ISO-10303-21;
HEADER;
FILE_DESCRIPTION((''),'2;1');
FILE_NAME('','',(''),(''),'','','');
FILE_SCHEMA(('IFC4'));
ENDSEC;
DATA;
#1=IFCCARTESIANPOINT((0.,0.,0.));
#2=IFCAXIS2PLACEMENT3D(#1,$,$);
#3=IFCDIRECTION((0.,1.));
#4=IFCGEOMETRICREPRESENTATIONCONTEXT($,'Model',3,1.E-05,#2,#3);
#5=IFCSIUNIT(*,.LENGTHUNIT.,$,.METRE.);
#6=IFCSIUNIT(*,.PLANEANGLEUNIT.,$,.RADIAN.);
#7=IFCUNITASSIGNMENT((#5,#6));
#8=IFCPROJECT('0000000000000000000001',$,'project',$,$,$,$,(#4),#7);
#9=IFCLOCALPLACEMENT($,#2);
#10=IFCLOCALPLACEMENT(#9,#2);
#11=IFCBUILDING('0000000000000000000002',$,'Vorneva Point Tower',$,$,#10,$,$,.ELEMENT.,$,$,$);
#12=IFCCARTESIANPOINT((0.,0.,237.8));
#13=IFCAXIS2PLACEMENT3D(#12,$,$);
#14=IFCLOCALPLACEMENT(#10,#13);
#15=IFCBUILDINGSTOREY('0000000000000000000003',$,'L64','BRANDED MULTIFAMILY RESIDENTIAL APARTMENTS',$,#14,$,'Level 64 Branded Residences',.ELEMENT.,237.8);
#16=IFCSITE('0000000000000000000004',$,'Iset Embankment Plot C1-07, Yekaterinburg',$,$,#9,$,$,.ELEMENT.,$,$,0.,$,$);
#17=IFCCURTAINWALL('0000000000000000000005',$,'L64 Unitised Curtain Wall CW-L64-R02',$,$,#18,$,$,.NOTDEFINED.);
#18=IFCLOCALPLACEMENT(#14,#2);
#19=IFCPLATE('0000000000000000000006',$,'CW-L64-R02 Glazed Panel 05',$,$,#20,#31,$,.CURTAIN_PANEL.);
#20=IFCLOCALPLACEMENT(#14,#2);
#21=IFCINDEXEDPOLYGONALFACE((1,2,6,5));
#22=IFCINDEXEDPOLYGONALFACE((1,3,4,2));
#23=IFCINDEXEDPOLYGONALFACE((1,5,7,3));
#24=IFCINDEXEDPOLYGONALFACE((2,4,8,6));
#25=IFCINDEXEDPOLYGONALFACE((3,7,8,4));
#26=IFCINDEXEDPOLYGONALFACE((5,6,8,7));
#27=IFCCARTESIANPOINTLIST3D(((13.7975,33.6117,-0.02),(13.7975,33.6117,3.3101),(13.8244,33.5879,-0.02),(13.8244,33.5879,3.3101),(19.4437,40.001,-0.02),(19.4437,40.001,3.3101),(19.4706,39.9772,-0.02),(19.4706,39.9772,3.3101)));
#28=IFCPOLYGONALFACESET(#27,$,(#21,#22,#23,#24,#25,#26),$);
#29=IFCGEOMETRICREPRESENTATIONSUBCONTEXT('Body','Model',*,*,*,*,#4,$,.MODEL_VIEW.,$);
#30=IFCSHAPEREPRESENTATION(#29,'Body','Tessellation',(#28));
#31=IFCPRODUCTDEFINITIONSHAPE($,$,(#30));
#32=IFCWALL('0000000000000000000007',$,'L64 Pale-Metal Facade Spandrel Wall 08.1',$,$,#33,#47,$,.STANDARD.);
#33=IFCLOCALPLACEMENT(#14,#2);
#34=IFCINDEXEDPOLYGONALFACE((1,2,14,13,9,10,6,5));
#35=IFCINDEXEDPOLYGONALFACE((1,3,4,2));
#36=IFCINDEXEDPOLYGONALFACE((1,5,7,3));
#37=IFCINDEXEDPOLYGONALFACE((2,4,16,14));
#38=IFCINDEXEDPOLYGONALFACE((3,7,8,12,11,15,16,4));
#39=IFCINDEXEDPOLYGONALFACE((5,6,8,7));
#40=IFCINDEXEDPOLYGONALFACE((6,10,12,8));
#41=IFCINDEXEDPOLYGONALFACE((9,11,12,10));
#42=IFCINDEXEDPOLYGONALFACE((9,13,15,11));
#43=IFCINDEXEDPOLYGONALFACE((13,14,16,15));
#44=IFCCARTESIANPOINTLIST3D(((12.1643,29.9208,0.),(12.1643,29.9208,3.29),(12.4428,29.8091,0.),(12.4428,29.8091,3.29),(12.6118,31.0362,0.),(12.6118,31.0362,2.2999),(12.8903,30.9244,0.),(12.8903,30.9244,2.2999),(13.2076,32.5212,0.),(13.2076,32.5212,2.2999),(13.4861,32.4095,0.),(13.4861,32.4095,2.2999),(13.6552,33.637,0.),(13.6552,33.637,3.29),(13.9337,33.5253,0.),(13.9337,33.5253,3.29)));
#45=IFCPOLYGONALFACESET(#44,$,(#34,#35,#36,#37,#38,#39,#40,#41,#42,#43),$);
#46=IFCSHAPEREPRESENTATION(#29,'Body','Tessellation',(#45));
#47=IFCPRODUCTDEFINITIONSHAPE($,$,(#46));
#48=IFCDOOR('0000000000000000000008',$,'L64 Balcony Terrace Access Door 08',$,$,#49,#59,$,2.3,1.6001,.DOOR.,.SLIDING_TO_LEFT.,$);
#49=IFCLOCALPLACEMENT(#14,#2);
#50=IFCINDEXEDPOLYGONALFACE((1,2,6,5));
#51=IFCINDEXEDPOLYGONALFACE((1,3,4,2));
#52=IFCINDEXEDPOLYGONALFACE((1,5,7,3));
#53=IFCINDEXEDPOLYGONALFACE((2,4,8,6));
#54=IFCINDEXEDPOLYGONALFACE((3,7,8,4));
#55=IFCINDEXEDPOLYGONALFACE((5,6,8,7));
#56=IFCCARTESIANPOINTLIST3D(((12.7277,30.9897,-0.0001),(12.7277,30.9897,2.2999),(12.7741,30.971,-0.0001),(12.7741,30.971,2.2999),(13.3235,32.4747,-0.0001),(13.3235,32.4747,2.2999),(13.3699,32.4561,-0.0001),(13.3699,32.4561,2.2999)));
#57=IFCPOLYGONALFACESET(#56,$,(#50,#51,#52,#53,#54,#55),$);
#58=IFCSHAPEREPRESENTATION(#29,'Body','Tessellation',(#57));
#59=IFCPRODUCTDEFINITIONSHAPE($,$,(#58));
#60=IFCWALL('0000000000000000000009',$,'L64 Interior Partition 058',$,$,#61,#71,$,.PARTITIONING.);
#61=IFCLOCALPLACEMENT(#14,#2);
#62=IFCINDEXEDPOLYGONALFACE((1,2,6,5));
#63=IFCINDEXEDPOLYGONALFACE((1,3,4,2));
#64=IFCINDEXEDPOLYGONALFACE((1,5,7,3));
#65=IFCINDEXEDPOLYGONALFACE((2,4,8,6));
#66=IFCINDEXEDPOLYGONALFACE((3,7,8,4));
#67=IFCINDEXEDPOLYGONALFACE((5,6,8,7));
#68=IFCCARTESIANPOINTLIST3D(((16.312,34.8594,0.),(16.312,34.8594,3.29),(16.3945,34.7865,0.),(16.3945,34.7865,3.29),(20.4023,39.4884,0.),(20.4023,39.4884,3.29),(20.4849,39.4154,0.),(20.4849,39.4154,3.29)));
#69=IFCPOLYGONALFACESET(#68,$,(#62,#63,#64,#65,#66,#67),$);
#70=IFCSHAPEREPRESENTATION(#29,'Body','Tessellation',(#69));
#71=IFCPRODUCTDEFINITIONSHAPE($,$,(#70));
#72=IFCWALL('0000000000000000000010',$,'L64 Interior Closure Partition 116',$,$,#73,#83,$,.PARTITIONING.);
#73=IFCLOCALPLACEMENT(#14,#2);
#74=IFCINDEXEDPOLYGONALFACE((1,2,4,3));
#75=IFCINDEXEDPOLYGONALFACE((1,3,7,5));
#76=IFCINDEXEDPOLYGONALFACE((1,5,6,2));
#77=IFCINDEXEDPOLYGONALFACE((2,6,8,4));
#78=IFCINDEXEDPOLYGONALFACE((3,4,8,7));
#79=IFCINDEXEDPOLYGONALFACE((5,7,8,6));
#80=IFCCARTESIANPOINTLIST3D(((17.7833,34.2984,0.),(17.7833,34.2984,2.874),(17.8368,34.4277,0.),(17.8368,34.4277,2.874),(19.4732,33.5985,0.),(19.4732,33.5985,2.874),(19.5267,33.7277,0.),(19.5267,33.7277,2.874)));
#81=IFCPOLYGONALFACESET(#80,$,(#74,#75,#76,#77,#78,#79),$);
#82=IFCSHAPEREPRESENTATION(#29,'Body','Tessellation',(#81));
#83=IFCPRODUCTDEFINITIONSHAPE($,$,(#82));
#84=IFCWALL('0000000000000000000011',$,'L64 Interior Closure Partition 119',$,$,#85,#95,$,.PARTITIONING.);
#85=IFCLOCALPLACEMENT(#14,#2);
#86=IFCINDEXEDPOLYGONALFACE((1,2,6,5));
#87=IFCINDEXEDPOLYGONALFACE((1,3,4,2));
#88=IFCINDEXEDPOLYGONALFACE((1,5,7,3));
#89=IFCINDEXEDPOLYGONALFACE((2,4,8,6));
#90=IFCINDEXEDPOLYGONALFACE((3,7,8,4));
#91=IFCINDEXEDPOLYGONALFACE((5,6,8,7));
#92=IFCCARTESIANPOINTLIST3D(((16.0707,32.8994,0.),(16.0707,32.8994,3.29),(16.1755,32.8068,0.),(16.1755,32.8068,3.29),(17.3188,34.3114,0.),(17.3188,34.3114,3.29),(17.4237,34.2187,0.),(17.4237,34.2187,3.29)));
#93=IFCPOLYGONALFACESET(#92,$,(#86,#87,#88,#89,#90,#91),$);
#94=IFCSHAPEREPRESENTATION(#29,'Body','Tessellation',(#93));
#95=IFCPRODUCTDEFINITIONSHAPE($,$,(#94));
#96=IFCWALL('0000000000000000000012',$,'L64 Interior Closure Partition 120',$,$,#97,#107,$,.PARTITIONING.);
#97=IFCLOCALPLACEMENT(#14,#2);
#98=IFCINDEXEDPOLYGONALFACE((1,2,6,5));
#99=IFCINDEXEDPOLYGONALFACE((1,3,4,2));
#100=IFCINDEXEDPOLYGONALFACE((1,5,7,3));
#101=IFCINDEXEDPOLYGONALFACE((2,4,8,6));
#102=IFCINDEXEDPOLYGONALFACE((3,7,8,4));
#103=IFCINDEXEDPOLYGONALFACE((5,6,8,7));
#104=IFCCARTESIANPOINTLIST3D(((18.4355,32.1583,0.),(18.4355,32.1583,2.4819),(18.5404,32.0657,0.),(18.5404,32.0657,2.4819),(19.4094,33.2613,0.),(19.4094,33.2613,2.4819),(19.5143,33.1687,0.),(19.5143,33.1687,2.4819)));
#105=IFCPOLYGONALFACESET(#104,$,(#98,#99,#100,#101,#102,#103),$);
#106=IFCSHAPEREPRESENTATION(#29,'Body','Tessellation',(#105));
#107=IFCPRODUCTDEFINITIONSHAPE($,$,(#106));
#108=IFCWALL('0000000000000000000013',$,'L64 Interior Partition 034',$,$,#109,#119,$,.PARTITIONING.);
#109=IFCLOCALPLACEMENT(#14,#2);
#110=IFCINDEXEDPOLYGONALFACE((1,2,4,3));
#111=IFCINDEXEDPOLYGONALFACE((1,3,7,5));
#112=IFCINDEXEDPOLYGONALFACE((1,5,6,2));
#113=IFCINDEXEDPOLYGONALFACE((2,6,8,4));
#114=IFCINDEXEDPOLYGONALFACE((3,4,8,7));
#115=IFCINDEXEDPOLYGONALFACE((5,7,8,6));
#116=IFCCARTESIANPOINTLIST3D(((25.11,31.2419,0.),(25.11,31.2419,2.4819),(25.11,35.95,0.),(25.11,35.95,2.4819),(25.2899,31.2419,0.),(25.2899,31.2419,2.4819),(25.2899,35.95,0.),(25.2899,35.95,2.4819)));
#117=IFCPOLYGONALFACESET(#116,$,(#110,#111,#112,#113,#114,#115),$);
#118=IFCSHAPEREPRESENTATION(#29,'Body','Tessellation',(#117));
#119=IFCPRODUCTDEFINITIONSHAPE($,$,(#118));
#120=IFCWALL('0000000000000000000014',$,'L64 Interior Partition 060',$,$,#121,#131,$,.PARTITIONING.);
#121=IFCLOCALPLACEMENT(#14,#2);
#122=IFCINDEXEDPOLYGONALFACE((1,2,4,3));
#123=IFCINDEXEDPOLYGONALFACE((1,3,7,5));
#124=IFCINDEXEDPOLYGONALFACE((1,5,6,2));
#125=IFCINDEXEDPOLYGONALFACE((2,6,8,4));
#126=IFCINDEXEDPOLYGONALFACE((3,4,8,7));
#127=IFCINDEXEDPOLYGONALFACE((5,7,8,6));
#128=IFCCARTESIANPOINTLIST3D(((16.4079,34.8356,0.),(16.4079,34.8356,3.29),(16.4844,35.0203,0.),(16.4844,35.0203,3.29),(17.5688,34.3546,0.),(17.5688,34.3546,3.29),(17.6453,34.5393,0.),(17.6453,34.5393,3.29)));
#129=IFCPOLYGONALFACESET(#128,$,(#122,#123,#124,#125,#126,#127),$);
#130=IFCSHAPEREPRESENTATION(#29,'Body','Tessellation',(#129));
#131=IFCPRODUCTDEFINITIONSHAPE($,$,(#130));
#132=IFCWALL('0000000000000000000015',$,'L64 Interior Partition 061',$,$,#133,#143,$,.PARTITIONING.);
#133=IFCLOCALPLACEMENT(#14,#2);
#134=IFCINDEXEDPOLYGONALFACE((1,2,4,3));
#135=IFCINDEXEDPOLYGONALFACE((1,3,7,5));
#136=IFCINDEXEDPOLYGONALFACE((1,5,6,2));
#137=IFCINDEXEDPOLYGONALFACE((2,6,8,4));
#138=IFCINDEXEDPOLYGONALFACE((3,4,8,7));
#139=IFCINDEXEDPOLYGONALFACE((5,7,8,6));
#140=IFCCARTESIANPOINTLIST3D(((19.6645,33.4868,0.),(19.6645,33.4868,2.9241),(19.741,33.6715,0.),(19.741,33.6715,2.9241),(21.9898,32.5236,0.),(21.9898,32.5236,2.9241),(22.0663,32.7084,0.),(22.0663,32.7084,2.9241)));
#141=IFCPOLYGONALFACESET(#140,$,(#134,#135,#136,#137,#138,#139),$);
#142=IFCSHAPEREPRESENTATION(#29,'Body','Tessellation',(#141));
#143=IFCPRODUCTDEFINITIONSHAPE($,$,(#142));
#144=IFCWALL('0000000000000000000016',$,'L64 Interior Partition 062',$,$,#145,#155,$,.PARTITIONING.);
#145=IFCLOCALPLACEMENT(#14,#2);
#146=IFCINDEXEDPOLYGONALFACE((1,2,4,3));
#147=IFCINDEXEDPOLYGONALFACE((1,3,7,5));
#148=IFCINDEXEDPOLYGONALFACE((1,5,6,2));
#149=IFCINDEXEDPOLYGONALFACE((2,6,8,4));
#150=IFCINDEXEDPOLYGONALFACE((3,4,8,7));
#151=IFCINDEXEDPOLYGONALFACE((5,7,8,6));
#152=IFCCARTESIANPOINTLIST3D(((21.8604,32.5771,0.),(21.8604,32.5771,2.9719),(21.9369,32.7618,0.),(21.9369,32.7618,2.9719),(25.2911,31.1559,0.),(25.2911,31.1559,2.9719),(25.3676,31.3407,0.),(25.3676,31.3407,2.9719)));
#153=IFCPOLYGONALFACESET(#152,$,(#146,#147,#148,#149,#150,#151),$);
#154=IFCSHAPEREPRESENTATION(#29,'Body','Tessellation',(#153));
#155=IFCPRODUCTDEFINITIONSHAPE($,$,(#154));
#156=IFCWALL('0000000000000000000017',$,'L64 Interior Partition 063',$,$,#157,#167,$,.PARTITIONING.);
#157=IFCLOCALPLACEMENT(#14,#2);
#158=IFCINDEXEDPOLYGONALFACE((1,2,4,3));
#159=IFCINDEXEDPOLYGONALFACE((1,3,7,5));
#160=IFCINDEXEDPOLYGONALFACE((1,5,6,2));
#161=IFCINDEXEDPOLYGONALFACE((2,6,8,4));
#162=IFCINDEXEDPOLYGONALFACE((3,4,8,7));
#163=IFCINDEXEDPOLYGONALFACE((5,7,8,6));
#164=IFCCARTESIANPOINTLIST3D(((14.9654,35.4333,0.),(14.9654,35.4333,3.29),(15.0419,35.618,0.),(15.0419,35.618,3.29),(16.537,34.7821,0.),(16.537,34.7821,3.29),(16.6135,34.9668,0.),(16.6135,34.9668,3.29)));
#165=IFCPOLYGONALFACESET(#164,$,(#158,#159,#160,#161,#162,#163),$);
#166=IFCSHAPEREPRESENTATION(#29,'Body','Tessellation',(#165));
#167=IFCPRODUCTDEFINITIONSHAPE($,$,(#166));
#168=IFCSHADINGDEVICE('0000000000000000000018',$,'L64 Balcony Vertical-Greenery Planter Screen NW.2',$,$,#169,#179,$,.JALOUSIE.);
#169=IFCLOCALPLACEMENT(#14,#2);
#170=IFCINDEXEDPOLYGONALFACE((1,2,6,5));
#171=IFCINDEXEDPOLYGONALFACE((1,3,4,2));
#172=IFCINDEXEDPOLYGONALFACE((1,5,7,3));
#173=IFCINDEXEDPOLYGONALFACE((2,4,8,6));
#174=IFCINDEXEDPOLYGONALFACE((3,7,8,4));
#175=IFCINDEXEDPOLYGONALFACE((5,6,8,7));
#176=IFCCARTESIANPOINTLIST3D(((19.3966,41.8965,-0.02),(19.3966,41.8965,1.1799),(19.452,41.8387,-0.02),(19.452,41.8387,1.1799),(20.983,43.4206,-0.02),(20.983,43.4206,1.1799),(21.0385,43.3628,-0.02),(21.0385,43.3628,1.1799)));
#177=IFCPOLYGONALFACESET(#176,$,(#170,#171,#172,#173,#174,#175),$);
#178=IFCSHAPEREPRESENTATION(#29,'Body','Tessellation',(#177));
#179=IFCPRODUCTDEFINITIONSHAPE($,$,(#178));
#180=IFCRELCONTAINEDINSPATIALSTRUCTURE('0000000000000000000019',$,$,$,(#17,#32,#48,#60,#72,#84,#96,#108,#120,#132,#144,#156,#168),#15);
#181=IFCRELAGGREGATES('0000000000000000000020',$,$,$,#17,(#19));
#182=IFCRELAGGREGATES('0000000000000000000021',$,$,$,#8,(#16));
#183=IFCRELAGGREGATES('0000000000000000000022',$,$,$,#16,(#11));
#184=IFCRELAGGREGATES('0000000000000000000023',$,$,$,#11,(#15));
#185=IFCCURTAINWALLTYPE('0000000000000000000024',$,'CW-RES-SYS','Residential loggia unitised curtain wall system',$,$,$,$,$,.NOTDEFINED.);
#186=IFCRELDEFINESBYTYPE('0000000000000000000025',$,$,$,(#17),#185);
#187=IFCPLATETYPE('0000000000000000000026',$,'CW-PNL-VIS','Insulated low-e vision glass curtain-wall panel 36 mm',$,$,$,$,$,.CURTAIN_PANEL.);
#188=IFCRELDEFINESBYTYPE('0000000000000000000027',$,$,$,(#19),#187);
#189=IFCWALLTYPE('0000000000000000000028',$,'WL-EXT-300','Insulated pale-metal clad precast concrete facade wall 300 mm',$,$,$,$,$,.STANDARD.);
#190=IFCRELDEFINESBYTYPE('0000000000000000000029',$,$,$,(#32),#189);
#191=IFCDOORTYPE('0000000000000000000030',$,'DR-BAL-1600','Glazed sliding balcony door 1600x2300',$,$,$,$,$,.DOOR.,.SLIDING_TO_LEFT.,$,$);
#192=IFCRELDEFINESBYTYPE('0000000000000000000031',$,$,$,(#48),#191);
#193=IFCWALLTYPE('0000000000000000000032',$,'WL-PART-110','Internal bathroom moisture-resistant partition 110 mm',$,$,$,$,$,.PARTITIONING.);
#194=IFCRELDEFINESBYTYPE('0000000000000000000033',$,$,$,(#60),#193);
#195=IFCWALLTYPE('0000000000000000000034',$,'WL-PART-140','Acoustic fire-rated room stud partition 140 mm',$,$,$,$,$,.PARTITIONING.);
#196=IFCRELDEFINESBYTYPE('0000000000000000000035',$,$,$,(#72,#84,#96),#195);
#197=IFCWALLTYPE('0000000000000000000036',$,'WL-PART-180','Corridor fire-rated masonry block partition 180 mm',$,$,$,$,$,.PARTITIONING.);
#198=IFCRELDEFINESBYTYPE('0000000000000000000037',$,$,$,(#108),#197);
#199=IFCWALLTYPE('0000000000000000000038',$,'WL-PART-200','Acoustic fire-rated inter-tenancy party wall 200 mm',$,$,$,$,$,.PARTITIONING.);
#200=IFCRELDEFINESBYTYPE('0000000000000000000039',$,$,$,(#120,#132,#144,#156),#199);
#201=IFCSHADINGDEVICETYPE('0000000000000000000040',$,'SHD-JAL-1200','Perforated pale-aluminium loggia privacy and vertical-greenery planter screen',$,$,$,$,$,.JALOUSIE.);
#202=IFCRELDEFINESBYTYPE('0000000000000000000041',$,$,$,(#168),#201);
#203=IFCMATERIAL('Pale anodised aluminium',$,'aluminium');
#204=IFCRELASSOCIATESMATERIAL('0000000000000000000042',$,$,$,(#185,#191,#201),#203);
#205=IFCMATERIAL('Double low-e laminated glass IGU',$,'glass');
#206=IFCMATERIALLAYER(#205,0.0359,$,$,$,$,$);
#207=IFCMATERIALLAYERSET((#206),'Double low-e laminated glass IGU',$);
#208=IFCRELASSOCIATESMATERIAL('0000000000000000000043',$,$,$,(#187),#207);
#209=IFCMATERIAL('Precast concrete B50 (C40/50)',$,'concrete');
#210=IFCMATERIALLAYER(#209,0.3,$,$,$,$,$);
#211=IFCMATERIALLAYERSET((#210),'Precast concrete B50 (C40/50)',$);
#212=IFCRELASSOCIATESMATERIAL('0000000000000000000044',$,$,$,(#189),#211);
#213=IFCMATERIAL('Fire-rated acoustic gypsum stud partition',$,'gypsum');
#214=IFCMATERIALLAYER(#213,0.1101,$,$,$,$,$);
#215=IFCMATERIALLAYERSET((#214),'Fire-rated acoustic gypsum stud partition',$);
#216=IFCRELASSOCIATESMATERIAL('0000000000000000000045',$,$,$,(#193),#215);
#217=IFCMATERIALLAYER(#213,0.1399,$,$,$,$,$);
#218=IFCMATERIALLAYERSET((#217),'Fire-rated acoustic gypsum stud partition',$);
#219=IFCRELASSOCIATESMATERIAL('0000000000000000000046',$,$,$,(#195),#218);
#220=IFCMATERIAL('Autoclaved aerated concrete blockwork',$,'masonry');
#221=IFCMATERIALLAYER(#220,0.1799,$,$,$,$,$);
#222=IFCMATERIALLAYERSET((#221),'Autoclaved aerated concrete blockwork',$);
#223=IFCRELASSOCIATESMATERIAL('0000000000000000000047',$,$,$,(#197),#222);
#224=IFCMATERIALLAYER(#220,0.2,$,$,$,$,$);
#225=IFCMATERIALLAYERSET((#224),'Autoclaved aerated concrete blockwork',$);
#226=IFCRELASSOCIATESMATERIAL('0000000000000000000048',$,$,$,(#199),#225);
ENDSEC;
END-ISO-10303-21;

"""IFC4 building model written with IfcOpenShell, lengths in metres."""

from ifc_helpers import new_model, si_unit, direction, frame, frame_2d, origin, origin_2d, place, context, subcontext, project, spatial, rectangle, extrude, material, layer, layer_set, type_object, element, fill, aggregate, save


model = new_model("IFC4")

# Units and contexts
model_context = context("Model", 3, precision=1e-05, world=origin(), true_north=direction((0.0, 1.0)))
body_context = subcontext(model_context, "Body", "Model", "MODEL_VIEW")
ifc_project = project(units=[si_unit("LENGTHUNIT", "METRE"), si_unit("PLANEANGLEUNIT", "RADIAN")], contexts=[model_context])

# Site, building, storey
site_placement = place(None, origin())
site = spatial("IfcSite", under=ifc_project, at=site_placement, Name="Iset Embankment Plot C1-07, Yekaterinburg", CompositionType="ELEMENT", RefElevation=0.0)
building_placement = place(site_placement, origin())
building = spatial("IfcBuilding", under=site, at=building_placement, Name="Vorneva Point Tower", CompositionType="ELEMENT")
storey_placement = place(building_placement, frame((0.0, 0.0, 237.8)))
storey = spatial("IfcBuildingStorey", under=building, at=storey_placement, Name="L64", Description="BRANDED MULTIFAMILY RESIDENTIAL APARTMENTS", LongName="Level 64 Branded Residences", CompositionType="ELEMENT", Elevation=237.8)

# Curtain wall, plate
ifc_material_1 = material(Name="Pale anodised aluminium", Category="aluminium")
curtain_wall_type = type_object("IfcCurtainWallType", Name="CW-RES-SYS", Description="Residential loggia unitised curtain wall system", PredefinedType="NOTDEFINED", material=ifc_material_1)
curtain_wall_placement = place(storey_placement, origin())
curtain_wall = element("IfcCurtainWall", 1, at=curtain_wall_placement, inside=storey, type_object=curtain_wall_type, Name="L64 Unitised Curtain Wall CW-L64-R02", PredefinedType="NOTDEFINED")
ifc_material_2 = material(Name="Double low-e laminated glass IGU", Category="glass")
ifc_layer_1 = layer(ifc_material_2, 0.0359)
ifc_layer_set_1 = layer_set([ifc_layer_1], Name="Double low-e laminated glass IGU")
plate_type = type_object("IfcPlateType", Name="CW-PNL-VIS", Description="Insulated low-e vision glass curtain-wall panel 36 mm", PredefinedType="CURTAIN_PANEL", material=ifc_layer_set_1)
plate_1_placement = place(storey_placement, frame((16.634, 36.7944, -0.02), z_axis=(0.0, 0.0, 1.0), x_axis=(-0.662189, -0.749337, 0.0)))
plate_1 = element("IfcPlate", 2, at=plate_1_placement, type_object=plate_type, Name="CW-L64-R02 Glazed Panel 05", PredefinedType="CURTAIN_PANEL", context=body_context, shape_type="SweptSolid", body=[
    extrude(rectangle(XDim=8.5266, YDim=0.0359, at=origin_2d()), origin(), (0.0, 0.0, 1.0), 3.3301),
])
aggregate(curtain_wall, [plate_1])

# Wall, opening, door
ifc_material_3 = material(Name="Precast concrete B50 (C40/50)", Category="concrete")
ifc_layer_2 = layer(ifc_material_3, 0.3)
ifc_layer_set_2 = layer_set([ifc_layer_2], Name="Precast concrete B50 (C40/50)")
wall_type_1 = type_object("IfcWallType", Name="WL-EXT-300", Description="Insulated pale-metal clad precast concrete facade wall 300 mm", PredefinedType="STANDARD", material=ifc_layer_set_2)
wall_1_placement = place(storey_placement, frame((13.7944, 33.5811, 0.0), z_axis=(0.0, 0.0, 1.0), x_axis=(-0.372347, -0.928094, 0.0)))
wall_1 = element("IfcWall", 3, at=wall_1_placement, inside=storey, type_object=wall_type_1, Name="L64 Pale-Metal Facade Spandrel Wall 08.1", PredefinedType="STANDARD", context=body_context, shape_type="SweptSolid", body=[
    extrude(rectangle(XDim=4.0042, YDim=0.3, at=frame_2d((2.002, 0.0))), origin(), (0.0, 0.0, 1.0), 3.29),
])
opening_placement = place(wall_1_placement, frame((1.2021, 0.0, 0.0)))
opening = element("IfcOpeningElement", 4, at=opening_placement, cuts=wall_1, PredefinedType="OPENING", context=body_context, shape_type="SweptSolid", body=[
    extrude(rectangle(XDim=1.6001, YDim=2.3, at=frame_2d((0.8, 1.1499))), frame((0.0, 0.165, 0.0), z_axis=(0.0, -1.0, 0.0), x_axis=(1.0, 0.0, 0.0)), (0.0, 0.0, 1.0), 0.3298),
])
door_type = type_object("IfcDoorType", Name="DR-BAL-1600", Description="Glazed sliding balcony door 1600x2300", OperationType="SLIDING_TO_LEFT", PredefinedType="DOOR", material=ifc_material_1)
door_placement = place(opening_placement, origin())
door = element("IfcDoor", 5, at=door_placement, inside=storey, type_object=door_type, Name="L64 Balcony Terrace Access Door 08", OperationType="SLIDING_TO_LEFT", OverallHeight=2.3, OverallWidth=1.6001, PredefinedType="DOOR", context=body_context, shape_type="SweptSolid", body=[
    extrude(rectangle(XDim=1.6001, YDim=2.3, at=frame_2d((0.8, 1.1499))), frame((0.0, 0.0249, 0.0), z_axis=(0.0, -1.0, 0.0), x_axis=(1.0, 0.0, 0.0)), (0.0, 0.0, 1.0), 0.05),
])
fill(opening, door)

# Walls
ifc_material_4 = material(Name="Fire-rated acoustic gypsum stud partition", Category="gypsum")
ifc_layer_3 = layer(ifc_material_4, 0.1101)
ifc_layer_set_3 = layer_set([ifc_layer_3], Name="Fire-rated acoustic gypsum stud partition")
wall_type_2 = type_object("IfcWallType", Name="WL-PART-110", Description="Internal bathroom moisture-resistant partition 110 mm", PredefinedType="PARTITIONING", material=ifc_layer_set_3)
wall_2_placement = place(storey_placement, frame((20.4436, 39.4519, 0.0), z_axis=(0.0, 0.0, 1.0), x_axis=(-0.662168, -0.749356, 0.0)))
element("IfcWall", 6, at=wall_2_placement, inside=storey, type_object=wall_type_2, Name="L64 Interior Partition 058", PredefinedType="PARTITIONING", context=body_context, shape_type="SweptSolid", body=[
    extrude(rectangle(XDim=6.1772, YDim=0.1101, at=frame_2d((3.0886, 0.0))), origin(), (0.0, 0.0, 1.0), 3.29),
])
ifc_layer_4 = layer(ifc_material_4, 0.1399)
ifc_layer_set_4 = layer_set([ifc_layer_4], Name="Fire-rated acoustic gypsum stud partition")
wall_type_3 = type_object("IfcWallType", Name="WL-PART-140", Description="Acoustic fire-rated room stud partition 140 mm", PredefinedType="PARTITIONING", material=ifc_layer_set_4)
wall_3_placement = place(storey_placement, frame((17.8101, 34.363, 0.0), z_axis=(0.0, 0.0, 1.0), x_axis=(0.923888, -0.382662, 0.0)))
element("IfcWall", 7, at=wall_3_placement, inside=storey, type_object=wall_type_3, Name="L64 Interior Closure Partition 116", PredefinedType="PARTITIONING", context=body_context, shape_type="SweptSolid", body=[
    extrude(rectangle(XDim=1.8291, YDim=0.1399, at=frame_2d((0.9146, 0.0))), origin(), (0.0, 0.0, 1.0), 2.874),
])
wall_4_placement = place(storey_placement, frame((16.123, 32.853, 0.0), z_axis=(0.0, 0.0, 1.0), x_axis=(0.662303, 0.749236, 0.0)))
element("IfcWall", 8, at=wall_4_placement, inside=storey, type_object=wall_type_3, Name="L64 Interior Closure Partition 119", PredefinedType="PARTITIONING", context=body_context, shape_type="SweptSolid", body=[
    extrude(rectangle(XDim=1.8845, YDim=0.1399, at=frame_2d((0.9424, 0.0))), origin(), (0.0, 0.0, 1.0), 3.29),
])
wall_5_placement = place(storey_placement, frame((19.4619, 33.2151, 0.0), z_axis=(0.0, 0.0, 1.0), x_axis=(-0.661858, -0.74963, 0.0)))
element("IfcWall", 9, at=wall_5_placement, inside=storey, type_object=wall_type_3, Name="L64 Interior Closure Partition 120", PredefinedType="PARTITIONING", context=body_context, shape_type="SweptSolid", body=[
    extrude(rectangle(XDim=1.4714, YDim=0.1399, at=frame_2d((0.7358, 0.0))), origin(), (0.0, 0.0, 1.0), 2.4819),
])
ifc_material_5 = material(Name="Autoclaved aerated concrete blockwork", Category="masonry")
ifc_layer_5 = layer(ifc_material_5, 0.1799)
ifc_layer_set_5 = layer_set([ifc_layer_5], Name="Autoclaved aerated concrete blockwork")
wall_type_4 = type_object("IfcWallType", Name="WL-PART-180", Description="Corridor fire-rated masonry block partition 180 mm", PredefinedType="PARTITIONING", material=ifc_layer_set_5)
wall_6_placement = place(storey_placement, frame((25.2, 35.95, 0.0), z_axis=(0.0, 0.0, 1.0), x_axis=(0.0, -1.0, 0.0)))
element("IfcWall", 10, at=wall_6_placement, inside=storey, type_object=wall_type_4, Name="L64 Interior Partition 034", PredefinedType="PARTITIONING", context=body_context, shape_type="SweptSolid", body=[
    extrude(rectangle(XDim=4.708, YDim=0.1799, at=frame_2d((2.354, 0.0))), origin(), (0.0, 0.0, 1.0), 2.4819),
])
ifc_layer_6 = layer(ifc_material_5, 0.2)
ifc_layer_set_6 = layer_set([ifc_layer_6], Name="Autoclaved aerated concrete blockwork")
wall_type_5 = type_object("IfcWallType", Name="WL-PART-200", Description="Acoustic fire-rated inter-tenancy party wall 200 mm", PredefinedType="PARTITIONING", material=ifc_layer_set_6)
wall_7_placement = place(storey_placement, frame((16.446, 34.928, 0.0), z_axis=(0.0, 0.0, 1.0), x_axis=(0.923851, -0.382752, 0.0)))
element("IfcWall", 11, at=wall_7_placement, inside=storey, type_object=wall_type_5, Name="L64 Interior Partition 060", PredefinedType="PARTITIONING", context=body_context, shape_type="SweptSolid", body=[
    extrude(rectangle(XDim=1.2566, YDim=0.2, at=frame_2d((0.6284, 0.0))), origin(), (0.0, 0.0, 1.0), 3.29),
])
wall_8_placement = place(storey_placement, frame((19.7029, 33.5791, 0.0), z_axis=(0.0, 0.0, 1.0), x_axis=(0.923879, -0.382686, 0.0)))
element("IfcWall", 12, at=wall_8_placement, inside=storey, type_object=wall_type_5, Name="L64 Interior Partition 061", PredefinedType="PARTITIONING", context=body_context, shape_type="SweptSolid", body=[
    extrude(rectangle(XDim=2.5168, YDim=0.2, at=frame_2d((1.2583, 0.0))), origin(), (0.0, 0.0, 1.0), 2.9241),
])
wall_9_placement = place(storey_placement, frame((21.8987, 32.6694, 0.0), z_axis=(0.0, 0.0, 1.0), x_axis=(0.923869, -0.38271, 0.0)))
element("IfcWall", 13, at=wall_9_placement, inside=storey, type_object=wall_type_5, Name="L64 Interior Partition 062", PredefinedType="PARTITIONING", context=body_context, shape_type="SweptSolid", body=[
    extrude(rectangle(XDim=3.7134, YDim=0.2, at=frame_2d((1.8567, 0.0))), origin(), (0.0, 0.0, 1.0), 2.9719),
])
wall_10_placement = place(storey_placement, frame((15.0037, 35.5256, 0.0), z_axis=(0.0, 0.0, 1.0), x_axis=(0.923844, -0.38277, 0.0)))
element("IfcWall", 14, at=wall_10_placement, inside=storey, type_object=wall_type_5, Name="L64 Interior Partition 063", PredefinedType="PARTITIONING", context=body_context, shape_type="SweptSolid", body=[
    extrude(rectangle(XDim=1.7012, YDim=0.2, at=frame_2d((0.8506, 0.0))), origin(), (0.0, 0.0, 1.0), 3.29),
])

# Shading device
shading_device_type = type_object("IfcShadingDeviceType", Name="SHD-JAL-1200", Description="Perforated pale-aluminium loggia privacy and vertical-greenery planter screen", PredefinedType="JALOUSIE", material=ifc_material_1)
shading_device_placement = place(storey_placement, frame((20.2175, 42.6296, -0.02), z_axis=(0.0, 0.0, 1.0), x_axis=(-0.721132, -0.692798, 0.0)))
element("IfcShadingDevice", 15, at=shading_device_placement, inside=storey, type_object=shading_device_type, Name="L64 Balcony Vertical-Greenery Planter Screen NW.2", PredefinedType="JALOUSIE", context=body_context, shape_type="SweptSolid", body=[
    extrude(rectangle(XDim=2.2, YDim=0.0801, at=origin_2d()), origin(), (0.0, 0.0, 1.0), 1.2),
])

save(model, "model.ifc")
